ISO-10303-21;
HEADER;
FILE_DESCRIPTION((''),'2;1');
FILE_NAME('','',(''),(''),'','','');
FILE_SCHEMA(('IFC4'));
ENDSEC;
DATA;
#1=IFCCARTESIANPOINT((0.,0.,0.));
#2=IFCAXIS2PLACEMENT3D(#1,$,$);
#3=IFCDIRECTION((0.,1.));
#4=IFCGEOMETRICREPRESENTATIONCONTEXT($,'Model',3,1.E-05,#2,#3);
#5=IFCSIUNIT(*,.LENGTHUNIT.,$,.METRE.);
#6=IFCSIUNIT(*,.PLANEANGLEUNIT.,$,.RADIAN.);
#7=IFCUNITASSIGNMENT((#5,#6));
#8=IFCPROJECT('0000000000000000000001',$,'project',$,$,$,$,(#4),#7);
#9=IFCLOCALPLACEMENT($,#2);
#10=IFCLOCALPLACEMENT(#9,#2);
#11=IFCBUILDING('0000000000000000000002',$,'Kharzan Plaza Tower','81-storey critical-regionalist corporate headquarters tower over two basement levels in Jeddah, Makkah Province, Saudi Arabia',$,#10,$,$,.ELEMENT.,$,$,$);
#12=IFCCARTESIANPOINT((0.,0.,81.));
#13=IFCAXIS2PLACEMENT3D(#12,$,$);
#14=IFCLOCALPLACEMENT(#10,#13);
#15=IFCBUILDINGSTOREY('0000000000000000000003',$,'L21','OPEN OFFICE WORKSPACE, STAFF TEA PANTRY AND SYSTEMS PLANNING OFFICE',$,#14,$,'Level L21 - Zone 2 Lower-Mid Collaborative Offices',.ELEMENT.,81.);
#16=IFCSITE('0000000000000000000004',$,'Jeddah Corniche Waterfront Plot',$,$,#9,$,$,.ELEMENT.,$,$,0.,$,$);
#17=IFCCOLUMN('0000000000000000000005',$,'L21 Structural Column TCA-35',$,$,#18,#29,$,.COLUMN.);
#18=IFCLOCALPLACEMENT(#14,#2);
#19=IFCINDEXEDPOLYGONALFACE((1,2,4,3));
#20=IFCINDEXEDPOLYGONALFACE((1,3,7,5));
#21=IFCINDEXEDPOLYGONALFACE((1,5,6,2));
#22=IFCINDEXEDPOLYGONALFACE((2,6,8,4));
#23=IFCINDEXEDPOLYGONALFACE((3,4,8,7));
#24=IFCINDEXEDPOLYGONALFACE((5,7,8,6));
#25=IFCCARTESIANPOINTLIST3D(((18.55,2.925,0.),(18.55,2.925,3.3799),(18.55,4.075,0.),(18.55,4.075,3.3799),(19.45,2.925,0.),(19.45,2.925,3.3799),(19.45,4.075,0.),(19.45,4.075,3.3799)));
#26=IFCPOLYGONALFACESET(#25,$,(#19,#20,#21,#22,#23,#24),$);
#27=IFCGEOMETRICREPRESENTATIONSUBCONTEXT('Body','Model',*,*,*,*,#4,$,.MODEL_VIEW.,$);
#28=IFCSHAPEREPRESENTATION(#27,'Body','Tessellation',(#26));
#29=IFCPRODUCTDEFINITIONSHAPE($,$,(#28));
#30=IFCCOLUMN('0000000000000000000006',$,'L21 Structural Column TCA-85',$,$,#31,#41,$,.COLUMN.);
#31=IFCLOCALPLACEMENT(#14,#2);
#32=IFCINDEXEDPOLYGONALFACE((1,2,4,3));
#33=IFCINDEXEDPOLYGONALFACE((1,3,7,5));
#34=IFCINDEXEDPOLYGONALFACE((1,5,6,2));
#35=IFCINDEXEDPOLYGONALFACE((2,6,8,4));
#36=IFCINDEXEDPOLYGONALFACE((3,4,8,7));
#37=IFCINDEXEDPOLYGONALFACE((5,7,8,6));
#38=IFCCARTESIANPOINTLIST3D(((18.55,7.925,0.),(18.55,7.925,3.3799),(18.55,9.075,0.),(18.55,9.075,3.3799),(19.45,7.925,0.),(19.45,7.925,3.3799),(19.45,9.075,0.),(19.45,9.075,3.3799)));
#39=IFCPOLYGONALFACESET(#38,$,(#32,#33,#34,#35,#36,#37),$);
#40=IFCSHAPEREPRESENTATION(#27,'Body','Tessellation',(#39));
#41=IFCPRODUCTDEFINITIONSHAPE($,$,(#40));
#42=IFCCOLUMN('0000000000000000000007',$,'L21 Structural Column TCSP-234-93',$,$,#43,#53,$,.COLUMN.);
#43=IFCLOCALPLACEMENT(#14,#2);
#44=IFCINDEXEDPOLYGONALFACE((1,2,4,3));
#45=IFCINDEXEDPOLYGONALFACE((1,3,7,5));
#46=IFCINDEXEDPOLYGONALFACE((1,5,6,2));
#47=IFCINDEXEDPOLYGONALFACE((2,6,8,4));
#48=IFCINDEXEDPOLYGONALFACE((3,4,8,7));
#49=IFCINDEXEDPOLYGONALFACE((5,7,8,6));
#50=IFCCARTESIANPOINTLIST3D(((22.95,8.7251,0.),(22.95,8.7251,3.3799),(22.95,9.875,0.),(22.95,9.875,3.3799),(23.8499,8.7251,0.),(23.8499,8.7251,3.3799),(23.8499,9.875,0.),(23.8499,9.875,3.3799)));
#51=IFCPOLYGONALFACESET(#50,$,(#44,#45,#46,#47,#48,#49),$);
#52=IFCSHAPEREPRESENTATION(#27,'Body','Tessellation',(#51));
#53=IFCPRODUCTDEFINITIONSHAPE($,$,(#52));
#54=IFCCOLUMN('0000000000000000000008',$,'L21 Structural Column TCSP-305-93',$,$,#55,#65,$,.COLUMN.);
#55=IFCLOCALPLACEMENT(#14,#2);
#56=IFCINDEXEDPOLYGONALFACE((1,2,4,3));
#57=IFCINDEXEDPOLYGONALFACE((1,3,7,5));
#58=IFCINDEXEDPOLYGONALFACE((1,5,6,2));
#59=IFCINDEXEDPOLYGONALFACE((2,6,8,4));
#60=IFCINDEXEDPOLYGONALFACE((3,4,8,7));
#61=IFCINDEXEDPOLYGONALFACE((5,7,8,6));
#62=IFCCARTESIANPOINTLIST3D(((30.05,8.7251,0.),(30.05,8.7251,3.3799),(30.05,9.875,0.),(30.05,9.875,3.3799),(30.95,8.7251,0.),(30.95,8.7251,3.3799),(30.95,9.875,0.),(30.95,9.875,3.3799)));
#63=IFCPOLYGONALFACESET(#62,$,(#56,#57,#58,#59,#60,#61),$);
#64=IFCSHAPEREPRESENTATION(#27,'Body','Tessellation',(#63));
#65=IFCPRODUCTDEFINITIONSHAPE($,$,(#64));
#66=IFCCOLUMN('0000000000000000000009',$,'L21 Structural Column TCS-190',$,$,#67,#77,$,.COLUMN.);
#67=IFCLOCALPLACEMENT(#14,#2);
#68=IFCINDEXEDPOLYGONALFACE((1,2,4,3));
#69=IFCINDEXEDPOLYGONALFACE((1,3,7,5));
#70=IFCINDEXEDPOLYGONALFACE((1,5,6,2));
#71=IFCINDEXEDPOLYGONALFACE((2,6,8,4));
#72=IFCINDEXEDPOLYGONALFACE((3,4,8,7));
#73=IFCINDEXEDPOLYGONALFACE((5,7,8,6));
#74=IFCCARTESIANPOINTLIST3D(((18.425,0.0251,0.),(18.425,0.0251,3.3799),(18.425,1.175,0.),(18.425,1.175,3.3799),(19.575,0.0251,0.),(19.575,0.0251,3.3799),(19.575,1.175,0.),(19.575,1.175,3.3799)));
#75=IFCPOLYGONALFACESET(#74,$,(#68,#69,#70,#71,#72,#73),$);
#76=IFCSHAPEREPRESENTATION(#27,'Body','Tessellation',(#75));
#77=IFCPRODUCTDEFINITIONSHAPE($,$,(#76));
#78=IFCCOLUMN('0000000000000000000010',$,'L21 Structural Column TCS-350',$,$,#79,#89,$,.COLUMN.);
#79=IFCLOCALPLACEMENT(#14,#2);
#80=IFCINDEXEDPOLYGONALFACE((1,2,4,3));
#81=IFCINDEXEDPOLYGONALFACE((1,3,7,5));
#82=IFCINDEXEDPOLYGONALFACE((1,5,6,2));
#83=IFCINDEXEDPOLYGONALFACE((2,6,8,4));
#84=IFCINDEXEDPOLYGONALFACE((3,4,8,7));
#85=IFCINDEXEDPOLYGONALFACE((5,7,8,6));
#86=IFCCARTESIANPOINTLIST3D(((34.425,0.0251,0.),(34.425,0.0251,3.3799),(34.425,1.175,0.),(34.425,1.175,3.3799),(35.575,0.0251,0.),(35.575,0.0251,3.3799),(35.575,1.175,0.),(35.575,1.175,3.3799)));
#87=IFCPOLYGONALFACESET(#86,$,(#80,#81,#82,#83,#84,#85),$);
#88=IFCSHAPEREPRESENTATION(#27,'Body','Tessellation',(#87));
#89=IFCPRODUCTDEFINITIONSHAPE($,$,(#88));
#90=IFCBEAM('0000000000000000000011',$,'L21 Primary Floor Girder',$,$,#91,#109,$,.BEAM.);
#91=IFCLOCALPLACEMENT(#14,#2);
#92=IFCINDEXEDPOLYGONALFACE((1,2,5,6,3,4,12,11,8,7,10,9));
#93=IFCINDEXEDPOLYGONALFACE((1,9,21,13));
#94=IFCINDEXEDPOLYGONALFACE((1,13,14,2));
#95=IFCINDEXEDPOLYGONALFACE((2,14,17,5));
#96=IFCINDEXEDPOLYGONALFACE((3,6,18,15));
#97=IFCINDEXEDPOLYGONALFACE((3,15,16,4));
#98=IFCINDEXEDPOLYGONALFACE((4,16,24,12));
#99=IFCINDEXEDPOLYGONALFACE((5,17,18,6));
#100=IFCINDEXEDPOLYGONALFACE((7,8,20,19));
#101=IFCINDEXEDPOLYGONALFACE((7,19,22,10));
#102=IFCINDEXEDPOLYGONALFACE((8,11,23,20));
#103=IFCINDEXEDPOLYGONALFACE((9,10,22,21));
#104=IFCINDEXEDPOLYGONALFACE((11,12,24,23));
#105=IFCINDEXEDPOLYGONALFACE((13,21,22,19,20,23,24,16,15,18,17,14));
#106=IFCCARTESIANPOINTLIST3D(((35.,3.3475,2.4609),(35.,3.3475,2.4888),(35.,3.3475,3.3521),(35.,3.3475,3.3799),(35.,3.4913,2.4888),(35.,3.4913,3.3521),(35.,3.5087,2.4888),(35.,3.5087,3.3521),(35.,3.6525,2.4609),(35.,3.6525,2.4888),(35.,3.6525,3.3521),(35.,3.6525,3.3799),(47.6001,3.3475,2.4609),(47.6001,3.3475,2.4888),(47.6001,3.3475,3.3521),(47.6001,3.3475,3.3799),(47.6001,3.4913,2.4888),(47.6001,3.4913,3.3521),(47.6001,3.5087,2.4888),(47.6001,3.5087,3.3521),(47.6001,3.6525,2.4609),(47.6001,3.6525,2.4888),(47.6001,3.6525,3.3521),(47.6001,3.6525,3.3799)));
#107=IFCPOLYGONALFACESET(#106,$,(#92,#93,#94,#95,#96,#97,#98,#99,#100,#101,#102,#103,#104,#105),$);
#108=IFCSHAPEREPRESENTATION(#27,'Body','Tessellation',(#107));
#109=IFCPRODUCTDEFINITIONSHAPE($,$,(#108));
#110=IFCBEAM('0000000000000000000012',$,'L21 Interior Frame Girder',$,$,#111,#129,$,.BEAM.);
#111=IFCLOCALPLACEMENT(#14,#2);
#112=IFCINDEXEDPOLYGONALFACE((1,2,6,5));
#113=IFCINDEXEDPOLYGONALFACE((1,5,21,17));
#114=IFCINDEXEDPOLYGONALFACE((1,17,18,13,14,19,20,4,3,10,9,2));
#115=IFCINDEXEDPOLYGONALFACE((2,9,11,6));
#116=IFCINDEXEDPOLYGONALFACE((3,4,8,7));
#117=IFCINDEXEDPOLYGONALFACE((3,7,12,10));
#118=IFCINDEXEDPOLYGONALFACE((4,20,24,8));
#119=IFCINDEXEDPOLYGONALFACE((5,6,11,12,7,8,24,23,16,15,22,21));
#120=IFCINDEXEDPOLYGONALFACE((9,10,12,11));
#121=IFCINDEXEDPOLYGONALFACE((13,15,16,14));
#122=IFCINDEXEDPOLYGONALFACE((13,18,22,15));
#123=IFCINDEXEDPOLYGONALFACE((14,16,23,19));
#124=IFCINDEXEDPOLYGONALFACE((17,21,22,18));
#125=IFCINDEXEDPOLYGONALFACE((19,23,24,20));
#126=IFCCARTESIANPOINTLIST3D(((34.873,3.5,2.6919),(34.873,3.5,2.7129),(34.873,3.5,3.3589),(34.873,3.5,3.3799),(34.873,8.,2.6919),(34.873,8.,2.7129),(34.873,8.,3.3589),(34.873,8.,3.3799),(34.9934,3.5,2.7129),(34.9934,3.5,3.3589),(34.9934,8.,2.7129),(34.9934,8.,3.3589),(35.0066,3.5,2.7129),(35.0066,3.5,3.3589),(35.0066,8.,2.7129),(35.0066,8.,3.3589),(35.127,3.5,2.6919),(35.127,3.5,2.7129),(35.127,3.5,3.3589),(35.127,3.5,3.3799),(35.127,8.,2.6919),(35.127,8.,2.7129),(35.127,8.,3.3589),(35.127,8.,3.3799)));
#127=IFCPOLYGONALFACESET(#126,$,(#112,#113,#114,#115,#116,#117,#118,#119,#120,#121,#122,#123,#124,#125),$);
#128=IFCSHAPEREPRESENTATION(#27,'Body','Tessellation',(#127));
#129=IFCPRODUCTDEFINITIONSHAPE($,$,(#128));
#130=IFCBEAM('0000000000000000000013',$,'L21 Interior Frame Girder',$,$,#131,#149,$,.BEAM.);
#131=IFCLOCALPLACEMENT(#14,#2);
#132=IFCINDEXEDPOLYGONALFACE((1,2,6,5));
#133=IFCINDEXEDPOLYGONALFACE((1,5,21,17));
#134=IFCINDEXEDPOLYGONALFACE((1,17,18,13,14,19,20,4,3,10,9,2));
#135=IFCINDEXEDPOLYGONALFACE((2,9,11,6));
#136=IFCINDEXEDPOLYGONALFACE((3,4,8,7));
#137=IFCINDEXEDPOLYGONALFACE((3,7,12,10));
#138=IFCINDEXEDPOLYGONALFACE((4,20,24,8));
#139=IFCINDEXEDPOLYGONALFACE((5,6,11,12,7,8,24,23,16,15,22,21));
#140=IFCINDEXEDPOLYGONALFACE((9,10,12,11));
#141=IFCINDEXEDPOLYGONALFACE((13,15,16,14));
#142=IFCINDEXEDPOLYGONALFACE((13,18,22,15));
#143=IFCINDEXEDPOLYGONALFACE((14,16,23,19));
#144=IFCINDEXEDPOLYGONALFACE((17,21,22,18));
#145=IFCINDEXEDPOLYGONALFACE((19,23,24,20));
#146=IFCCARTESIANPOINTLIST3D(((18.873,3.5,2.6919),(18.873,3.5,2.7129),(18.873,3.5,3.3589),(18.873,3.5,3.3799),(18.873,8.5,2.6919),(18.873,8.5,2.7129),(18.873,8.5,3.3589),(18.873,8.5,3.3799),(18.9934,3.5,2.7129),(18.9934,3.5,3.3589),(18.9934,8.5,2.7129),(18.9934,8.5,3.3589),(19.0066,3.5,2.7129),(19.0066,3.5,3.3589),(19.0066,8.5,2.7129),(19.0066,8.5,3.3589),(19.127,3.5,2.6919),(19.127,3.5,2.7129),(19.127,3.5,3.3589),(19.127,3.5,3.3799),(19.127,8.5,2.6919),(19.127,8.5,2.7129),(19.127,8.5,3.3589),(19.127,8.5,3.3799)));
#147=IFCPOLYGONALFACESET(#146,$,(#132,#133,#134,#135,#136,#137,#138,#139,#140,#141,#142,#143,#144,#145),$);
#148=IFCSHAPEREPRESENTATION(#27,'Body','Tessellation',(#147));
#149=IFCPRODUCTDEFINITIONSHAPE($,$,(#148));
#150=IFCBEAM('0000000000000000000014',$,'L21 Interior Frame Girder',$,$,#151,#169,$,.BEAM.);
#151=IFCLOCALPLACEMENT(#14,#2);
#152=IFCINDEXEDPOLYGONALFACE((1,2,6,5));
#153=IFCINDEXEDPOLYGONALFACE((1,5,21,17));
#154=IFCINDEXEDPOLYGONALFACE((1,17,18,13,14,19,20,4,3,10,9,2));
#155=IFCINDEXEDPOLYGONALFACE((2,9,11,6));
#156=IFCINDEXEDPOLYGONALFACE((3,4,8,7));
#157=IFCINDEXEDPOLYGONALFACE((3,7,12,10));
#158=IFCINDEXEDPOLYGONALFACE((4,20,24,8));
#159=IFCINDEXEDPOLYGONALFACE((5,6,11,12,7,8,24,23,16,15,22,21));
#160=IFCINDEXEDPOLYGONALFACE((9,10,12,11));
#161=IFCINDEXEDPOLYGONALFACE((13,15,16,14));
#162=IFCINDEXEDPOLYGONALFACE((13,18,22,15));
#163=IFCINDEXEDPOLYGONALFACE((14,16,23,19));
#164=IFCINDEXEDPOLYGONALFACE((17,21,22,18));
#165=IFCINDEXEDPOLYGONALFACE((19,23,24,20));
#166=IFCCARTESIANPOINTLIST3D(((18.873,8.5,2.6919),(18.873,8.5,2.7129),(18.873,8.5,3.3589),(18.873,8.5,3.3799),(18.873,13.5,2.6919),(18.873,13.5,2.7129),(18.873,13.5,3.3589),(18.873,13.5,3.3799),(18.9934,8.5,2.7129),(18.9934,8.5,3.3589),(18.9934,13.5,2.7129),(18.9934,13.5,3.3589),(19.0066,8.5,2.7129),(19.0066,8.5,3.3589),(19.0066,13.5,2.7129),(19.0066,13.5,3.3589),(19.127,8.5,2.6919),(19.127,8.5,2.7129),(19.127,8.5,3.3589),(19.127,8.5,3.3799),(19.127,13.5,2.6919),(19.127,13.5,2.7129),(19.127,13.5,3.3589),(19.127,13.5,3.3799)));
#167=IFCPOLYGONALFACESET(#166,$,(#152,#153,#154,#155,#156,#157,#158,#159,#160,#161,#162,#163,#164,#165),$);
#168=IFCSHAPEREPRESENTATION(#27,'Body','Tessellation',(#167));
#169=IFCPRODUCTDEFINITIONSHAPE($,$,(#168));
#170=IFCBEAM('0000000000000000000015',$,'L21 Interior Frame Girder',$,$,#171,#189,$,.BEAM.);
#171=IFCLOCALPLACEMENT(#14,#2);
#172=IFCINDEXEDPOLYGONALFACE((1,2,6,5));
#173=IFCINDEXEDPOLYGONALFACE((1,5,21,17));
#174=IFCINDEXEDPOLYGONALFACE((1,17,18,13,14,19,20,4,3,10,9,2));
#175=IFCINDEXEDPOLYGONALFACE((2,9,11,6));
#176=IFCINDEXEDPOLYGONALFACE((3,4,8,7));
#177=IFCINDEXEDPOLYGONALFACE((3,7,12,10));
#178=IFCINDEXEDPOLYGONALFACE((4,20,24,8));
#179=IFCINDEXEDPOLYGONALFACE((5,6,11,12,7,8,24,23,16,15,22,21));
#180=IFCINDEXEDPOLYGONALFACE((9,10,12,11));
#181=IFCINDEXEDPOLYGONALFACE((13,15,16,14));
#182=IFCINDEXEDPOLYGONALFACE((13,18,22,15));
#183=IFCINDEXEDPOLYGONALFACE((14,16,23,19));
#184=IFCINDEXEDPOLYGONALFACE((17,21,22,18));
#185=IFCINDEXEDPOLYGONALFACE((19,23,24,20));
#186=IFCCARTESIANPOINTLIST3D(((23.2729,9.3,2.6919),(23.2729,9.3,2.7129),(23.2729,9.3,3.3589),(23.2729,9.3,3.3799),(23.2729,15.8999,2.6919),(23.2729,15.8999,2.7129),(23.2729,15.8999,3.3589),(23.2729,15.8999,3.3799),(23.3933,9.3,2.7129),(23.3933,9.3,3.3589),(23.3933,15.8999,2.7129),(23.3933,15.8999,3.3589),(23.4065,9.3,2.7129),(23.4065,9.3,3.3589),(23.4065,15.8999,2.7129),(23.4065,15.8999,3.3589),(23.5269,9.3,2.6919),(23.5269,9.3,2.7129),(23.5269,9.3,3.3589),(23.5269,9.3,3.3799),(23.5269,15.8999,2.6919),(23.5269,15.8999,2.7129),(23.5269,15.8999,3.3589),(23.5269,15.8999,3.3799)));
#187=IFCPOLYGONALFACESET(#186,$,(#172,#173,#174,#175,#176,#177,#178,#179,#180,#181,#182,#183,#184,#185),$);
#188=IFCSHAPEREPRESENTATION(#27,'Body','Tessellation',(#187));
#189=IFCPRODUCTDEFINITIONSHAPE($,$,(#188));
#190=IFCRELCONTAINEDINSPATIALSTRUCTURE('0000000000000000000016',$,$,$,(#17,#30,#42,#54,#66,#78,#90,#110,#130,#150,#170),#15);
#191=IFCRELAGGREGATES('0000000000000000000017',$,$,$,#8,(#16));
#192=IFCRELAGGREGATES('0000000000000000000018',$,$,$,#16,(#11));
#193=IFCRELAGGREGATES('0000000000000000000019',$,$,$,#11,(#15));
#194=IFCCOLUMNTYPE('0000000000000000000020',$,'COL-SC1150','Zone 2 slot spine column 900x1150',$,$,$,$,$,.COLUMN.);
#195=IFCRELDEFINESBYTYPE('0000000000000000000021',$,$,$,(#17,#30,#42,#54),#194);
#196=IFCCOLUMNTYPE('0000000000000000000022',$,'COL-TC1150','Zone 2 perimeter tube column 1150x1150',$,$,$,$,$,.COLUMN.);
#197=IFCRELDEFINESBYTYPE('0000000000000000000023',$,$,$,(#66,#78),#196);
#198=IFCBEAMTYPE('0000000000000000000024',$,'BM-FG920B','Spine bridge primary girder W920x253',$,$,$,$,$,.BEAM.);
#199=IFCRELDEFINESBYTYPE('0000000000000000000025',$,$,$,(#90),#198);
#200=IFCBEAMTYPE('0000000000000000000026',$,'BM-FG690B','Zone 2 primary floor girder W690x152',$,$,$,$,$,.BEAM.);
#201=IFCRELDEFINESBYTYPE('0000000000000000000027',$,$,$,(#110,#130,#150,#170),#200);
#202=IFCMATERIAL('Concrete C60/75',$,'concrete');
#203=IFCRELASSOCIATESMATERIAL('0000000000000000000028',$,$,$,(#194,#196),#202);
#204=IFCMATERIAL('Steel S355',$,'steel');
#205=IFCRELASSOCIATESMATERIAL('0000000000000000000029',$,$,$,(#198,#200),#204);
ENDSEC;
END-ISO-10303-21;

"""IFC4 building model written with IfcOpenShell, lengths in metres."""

from ifc_helpers import new_model, si_unit, direction, frame, origin, origin_2d, place, context, subcontext, project, spatial, rectangle, i_section, extrude, source, transform, mapped, material, material_profile, profile_set, type_object, element, save


model = new_model("IFC4")

# Units and contexts
model_context = context("Model", 3, precision=1e-05, world=origin(), true_north=direction((0.0, 1.0)))
body_context = subcontext(model_context, "Body", "Model", "MODEL_VIEW")
ifc_project = project(units=[si_unit("LENGTHUNIT", "METRE"), si_unit("PLANEANGLEUNIT", "RADIAN")], contexts=[model_context])

# Site, building, storey
site_placement = place(None, origin())
site = spatial("IfcSite", under=ifc_project, at=site_placement, Name="Jeddah Corniche Waterfront Plot", CompositionType="ELEMENT", RefElevation=0.0)
building_placement = place(site_placement, origin())
building = spatial("IfcBuilding", under=site, at=building_placement, Name="Kharzan Plaza Tower", Description="81-storey critical-regionalist corporate headquarters tower over two basement levels in Jeddah, Makkah Province, Saudi Arabia", CompositionType="ELEMENT")
storey_placement = place(building_placement, frame((0.0, 0.0, 81.0)))
storey = spatial("IfcBuildingStorey", under=building, at=storey_placement, Name="L21", Description="OPEN OFFICE WORKSPACE, STAFF TEA PANTRY AND SYSTEMS PLANNING OFFICE", LongName="Level L21 - Zone 2 Lower-Mid Collaborative Offices", CompositionType="ELEMENT", Elevation=81.0)

# Columns
ifc_material_1 = material(Name="Concrete C60/75", Category="concrete")
ifc_material_profile_1 = material_profile(ifc_material_1, rectangle(XDim=0.8999, YDim=1.1499, at=origin_2d()), Name="RC-SC1150x900")
ifc_profile_set_1 = profile_set([ifc_material_profile_1], Name="Concrete C60/75")
column_type_1 = type_object("IfcColumnType", Name="COL-SC1150", Description="Zone 2 slot spine column 900x1150", PredefinedType="COLUMN", material=ifc_profile_set_1)
shared_shape_1 = source(origin(), body_context, "Body", "SweptSolid", [
    extrude(rectangle(XDim=0.8999, YDim=1.1499, at=origin_2d()), origin(), (0.0, 0.0, 1.0), 3.3799),
])
for number, where, z_axis, x_axis, name in (
    (1, (19.0, 3.5, 0.0), (0.0, 0.0, 1.0), (1.0, 0.0, 0.0), "L21 Structural Column TCA-35"),
    (2, (19.0, 8.5, 0.0), (0.0, 0.0, 1.0), (1.0, 0.0, 0.0), "L21 Structural Column TCA-85"),
    (3, (23.3999, 9.3, 0.0), (0.0, 0.0, 1.0), (1.0, 0.0, 0.0), "L21 Structural Column TCSP-234-93"),
    (4, (30.5, 9.3, 0.0), (0.0, 0.0, 1.0), (1.0, 0.0, 0.0), "L21 Structural Column TCSP-305-93"),
):
    element("IfcColumn", number, at=place(storey_placement, frame(where, z_axis=z_axis, x_axis=x_axis)), inside=storey, type_object=column_type_1, Name=name, PredefinedType="COLUMN", context=body_context, shape_type="MappedRepresentation", body=[
        mapped(shared_shape_1, transform((0.0, 0.0, 0.0), x_axis=(1.0, 0.0, 0.0), y_axis=(0.0, 1.0, 0.0), z_axis=(0.0, 0.0, 1.0))),
    ])
ifc_material_profile_2 = material_profile(ifc_material_1, rectangle(XDim=1.1499, YDim=1.1499, at=origin_2d()), Name="RC-TC1150x1150")
ifc_profile_set_2 = profile_set([ifc_material_profile_2], Name="Concrete C60/75")
column_type_2 = type_object("IfcColumnType", Name="COL-TC1150", Description="Zone 2 perimeter tube column 1150x1150", PredefinedType="COLUMN", material=ifc_profile_set_2)
shared_shape_2 = source(origin(), body_context, "Body", "SweptSolid", [
    extrude(rectangle(XDim=1.1499, YDim=1.1499, at=origin_2d()), origin(), (0.0, 0.0, 1.0), 3.3799),
])
for number, where, z_axis, x_axis, name in (
    (5, (19.0, 0.6001, 0.0), (0.0, 0.0, 1.0), (1.0, 0.0, 0.0), "L21 Structural Column TCS-190"),
    (6, (35.0, 0.6001, 0.0), (0.0, 0.0, 1.0), (1.0, 0.0, 0.0), "L21 Structural Column TCS-350"),
):
    element("IfcColumn", number, at=place(storey_placement, frame(where, z_axis=z_axis, x_axis=x_axis)), inside=storey, type_object=column_type_2, Name=name, PredefinedType="COLUMN", context=body_context, shape_type="MappedRepresentation", body=[
        mapped(shared_shape_2, transform((0.0, 0.0, 0.0), x_axis=(1.0, 0.0, 0.0), y_axis=(0.0, 1.0, 0.0), z_axis=(0.0, 0.0, 1.0))),
    ])

# Beams
ifc_material_2 = material(Name="Steel S355", Category="steel")
ifc_material_profile_3 = material_profile(ifc_material_2, i_section(OverallWidth=0.3049, OverallDepth=0.9189, WebThickness=0.0173, FlangeThickness=0.0278, at=origin_2d()), Name="W920x253")
ifc_profile_set_3 = profile_set([ifc_material_profile_3], Name="Steel S355")
beam_type_1 = type_object("IfcBeamType", Name="BM-FG920B", Description="Spine bridge primary girder W920x253", PredefinedType="BEAM", material=ifc_profile_set_3)
shared_shape_3 = source(origin(), body_context, "Body", "SweptSolid", [
    extrude(i_section(OverallWidth=0.3049, OverallDepth=0.9189, WebThickness=0.0173, FlangeThickness=0.0278, at=origin_2d()), origin(), (0.0, 0.0, 1.0), 12.6001),
])
beam_1_placement = place(storey_placement, frame((35.0, 3.5, 2.9204), z_axis=(1.0, 0.0, 0.0), x_axis=(0.0, 1.0, 0.0)))
element("IfcBeam", 7, at=beam_1_placement, inside=storey, type_object=beam_type_1, Name="L21 Primary Floor Girder", PredefinedType="BEAM", context=body_context, shape_type="MappedRepresentation", body=[
    mapped(shared_shape_3, transform((0.0, 0.0, 0.0), x_axis=(1.0, 0.0, 0.0), y_axis=(0.0, 1.0, 0.0), z_axis=(0.0, 0.0, 1.0))),
])
ifc_material_profile_4 = material_profile(ifc_material_2, i_section(OverallWidth=0.2539, OverallDepth=0.688, WebThickness=0.0132, FlangeThickness=0.021, at=origin_2d()), Name="W690x152")
ifc_profile_set_4 = profile_set([ifc_material_profile_4], Name="Steel S355")
beam_type_2 = type_object("IfcBeamType", Name="BM-FG690B", Description="Zone 2 primary floor girder W690x152", PredefinedType="BEAM", material=ifc_profile_set_4)
shared_shape_4 = source(origin(), body_context, "Body", "SweptSolid", [
    extrude(i_section(OverallWidth=0.2539, OverallDepth=0.688, WebThickness=0.0132, FlangeThickness=0.021, at=origin_2d()), origin(), (0.0, 0.0, 1.0), 4.5),
])
beam_2_placement = place(storey_placement, frame((35.0, 3.5, 3.0359), z_axis=(0.0, 1.0, 0.0), x_axis=(-1.0, 0.0, 0.0)))
element("IfcBeam", 8, at=beam_2_placement, inside=storey, type_object=beam_type_2, Name="L21 Interior Frame Girder", PredefinedType="BEAM", context=body_context, shape_type="MappedRepresentation", body=[
    mapped(shared_shape_4, transform((0.0, 0.0, 0.0), x_axis=(1.0, 0.0, 0.0), y_axis=(0.0, 1.0, 0.0), z_axis=(0.0, 0.0, 1.0))),
])
shared_shape_5 = source(origin(), body_context, "Body", "SweptSolid", [
    extrude(i_section(OverallWidth=0.2539, OverallDepth=0.688, WebThickness=0.0132, FlangeThickness=0.021, at=origin_2d()), origin(), (0.0, 0.0, 1.0), 5.0),
])
for number, where, z_axis, x_axis, name in (
    (9, (19.0, 3.5, 3.0359), (0.0, 1.0, 0.0), (-1.0, 0.0, 0.0), "L21 Interior Frame Girder"),
    (10, (19.0, 8.5, 3.0359), (0.0, 1.0, 0.0), (-1.0, 0.0, 0.0), "L21 Interior Frame Girder"),
):
    element("IfcBeam", number, at=place(storey_placement, frame(where, z_axis=z_axis, x_axis=x_axis)), inside=storey, type_object=beam_type_2, Name=name, PredefinedType="BEAM", context=body_context, shape_type="MappedRepresentation", body=[
        mapped(shared_shape_5, transform((0.0, 0.0, 0.0), x_axis=(1.0, 0.0, 0.0), y_axis=(0.0, 1.0, 0.0), z_axis=(0.0, 0.0, 1.0))),
    ])
shared_shape_6 = source(origin(), body_context, "Body", "SweptSolid", [
    extrude(i_section(OverallWidth=0.2539, OverallDepth=0.688, WebThickness=0.0132, FlangeThickness=0.021, at=origin_2d()), origin(), (0.0, 0.0, 1.0), 6.5999),
])
for number, where, z_axis, x_axis, name in (
    (11, (23.3999, 9.3, 3.0359), (0.0, 1.0, 0.0), (-1.0, 0.0, 0.0), "L21 Interior Frame Girder"),
):
    element("IfcBeam", number, at=place(storey_placement, frame(where, z_axis=z_axis, x_axis=x_axis)), inside=storey, type_object=beam_type_2, Name=name, PredefinedType="BEAM", context=body_context, shape_type="MappedRepresentation", body=[
        mapped(shared_shape_6, transform((0.0, 0.0, 0.0), x_axis=(1.0, 0.0, 0.0), y_axis=(0.0, 1.0, 0.0), z_axis=(0.0, 0.0, 1.0))),
    ])

save(model, "model.ifc")
